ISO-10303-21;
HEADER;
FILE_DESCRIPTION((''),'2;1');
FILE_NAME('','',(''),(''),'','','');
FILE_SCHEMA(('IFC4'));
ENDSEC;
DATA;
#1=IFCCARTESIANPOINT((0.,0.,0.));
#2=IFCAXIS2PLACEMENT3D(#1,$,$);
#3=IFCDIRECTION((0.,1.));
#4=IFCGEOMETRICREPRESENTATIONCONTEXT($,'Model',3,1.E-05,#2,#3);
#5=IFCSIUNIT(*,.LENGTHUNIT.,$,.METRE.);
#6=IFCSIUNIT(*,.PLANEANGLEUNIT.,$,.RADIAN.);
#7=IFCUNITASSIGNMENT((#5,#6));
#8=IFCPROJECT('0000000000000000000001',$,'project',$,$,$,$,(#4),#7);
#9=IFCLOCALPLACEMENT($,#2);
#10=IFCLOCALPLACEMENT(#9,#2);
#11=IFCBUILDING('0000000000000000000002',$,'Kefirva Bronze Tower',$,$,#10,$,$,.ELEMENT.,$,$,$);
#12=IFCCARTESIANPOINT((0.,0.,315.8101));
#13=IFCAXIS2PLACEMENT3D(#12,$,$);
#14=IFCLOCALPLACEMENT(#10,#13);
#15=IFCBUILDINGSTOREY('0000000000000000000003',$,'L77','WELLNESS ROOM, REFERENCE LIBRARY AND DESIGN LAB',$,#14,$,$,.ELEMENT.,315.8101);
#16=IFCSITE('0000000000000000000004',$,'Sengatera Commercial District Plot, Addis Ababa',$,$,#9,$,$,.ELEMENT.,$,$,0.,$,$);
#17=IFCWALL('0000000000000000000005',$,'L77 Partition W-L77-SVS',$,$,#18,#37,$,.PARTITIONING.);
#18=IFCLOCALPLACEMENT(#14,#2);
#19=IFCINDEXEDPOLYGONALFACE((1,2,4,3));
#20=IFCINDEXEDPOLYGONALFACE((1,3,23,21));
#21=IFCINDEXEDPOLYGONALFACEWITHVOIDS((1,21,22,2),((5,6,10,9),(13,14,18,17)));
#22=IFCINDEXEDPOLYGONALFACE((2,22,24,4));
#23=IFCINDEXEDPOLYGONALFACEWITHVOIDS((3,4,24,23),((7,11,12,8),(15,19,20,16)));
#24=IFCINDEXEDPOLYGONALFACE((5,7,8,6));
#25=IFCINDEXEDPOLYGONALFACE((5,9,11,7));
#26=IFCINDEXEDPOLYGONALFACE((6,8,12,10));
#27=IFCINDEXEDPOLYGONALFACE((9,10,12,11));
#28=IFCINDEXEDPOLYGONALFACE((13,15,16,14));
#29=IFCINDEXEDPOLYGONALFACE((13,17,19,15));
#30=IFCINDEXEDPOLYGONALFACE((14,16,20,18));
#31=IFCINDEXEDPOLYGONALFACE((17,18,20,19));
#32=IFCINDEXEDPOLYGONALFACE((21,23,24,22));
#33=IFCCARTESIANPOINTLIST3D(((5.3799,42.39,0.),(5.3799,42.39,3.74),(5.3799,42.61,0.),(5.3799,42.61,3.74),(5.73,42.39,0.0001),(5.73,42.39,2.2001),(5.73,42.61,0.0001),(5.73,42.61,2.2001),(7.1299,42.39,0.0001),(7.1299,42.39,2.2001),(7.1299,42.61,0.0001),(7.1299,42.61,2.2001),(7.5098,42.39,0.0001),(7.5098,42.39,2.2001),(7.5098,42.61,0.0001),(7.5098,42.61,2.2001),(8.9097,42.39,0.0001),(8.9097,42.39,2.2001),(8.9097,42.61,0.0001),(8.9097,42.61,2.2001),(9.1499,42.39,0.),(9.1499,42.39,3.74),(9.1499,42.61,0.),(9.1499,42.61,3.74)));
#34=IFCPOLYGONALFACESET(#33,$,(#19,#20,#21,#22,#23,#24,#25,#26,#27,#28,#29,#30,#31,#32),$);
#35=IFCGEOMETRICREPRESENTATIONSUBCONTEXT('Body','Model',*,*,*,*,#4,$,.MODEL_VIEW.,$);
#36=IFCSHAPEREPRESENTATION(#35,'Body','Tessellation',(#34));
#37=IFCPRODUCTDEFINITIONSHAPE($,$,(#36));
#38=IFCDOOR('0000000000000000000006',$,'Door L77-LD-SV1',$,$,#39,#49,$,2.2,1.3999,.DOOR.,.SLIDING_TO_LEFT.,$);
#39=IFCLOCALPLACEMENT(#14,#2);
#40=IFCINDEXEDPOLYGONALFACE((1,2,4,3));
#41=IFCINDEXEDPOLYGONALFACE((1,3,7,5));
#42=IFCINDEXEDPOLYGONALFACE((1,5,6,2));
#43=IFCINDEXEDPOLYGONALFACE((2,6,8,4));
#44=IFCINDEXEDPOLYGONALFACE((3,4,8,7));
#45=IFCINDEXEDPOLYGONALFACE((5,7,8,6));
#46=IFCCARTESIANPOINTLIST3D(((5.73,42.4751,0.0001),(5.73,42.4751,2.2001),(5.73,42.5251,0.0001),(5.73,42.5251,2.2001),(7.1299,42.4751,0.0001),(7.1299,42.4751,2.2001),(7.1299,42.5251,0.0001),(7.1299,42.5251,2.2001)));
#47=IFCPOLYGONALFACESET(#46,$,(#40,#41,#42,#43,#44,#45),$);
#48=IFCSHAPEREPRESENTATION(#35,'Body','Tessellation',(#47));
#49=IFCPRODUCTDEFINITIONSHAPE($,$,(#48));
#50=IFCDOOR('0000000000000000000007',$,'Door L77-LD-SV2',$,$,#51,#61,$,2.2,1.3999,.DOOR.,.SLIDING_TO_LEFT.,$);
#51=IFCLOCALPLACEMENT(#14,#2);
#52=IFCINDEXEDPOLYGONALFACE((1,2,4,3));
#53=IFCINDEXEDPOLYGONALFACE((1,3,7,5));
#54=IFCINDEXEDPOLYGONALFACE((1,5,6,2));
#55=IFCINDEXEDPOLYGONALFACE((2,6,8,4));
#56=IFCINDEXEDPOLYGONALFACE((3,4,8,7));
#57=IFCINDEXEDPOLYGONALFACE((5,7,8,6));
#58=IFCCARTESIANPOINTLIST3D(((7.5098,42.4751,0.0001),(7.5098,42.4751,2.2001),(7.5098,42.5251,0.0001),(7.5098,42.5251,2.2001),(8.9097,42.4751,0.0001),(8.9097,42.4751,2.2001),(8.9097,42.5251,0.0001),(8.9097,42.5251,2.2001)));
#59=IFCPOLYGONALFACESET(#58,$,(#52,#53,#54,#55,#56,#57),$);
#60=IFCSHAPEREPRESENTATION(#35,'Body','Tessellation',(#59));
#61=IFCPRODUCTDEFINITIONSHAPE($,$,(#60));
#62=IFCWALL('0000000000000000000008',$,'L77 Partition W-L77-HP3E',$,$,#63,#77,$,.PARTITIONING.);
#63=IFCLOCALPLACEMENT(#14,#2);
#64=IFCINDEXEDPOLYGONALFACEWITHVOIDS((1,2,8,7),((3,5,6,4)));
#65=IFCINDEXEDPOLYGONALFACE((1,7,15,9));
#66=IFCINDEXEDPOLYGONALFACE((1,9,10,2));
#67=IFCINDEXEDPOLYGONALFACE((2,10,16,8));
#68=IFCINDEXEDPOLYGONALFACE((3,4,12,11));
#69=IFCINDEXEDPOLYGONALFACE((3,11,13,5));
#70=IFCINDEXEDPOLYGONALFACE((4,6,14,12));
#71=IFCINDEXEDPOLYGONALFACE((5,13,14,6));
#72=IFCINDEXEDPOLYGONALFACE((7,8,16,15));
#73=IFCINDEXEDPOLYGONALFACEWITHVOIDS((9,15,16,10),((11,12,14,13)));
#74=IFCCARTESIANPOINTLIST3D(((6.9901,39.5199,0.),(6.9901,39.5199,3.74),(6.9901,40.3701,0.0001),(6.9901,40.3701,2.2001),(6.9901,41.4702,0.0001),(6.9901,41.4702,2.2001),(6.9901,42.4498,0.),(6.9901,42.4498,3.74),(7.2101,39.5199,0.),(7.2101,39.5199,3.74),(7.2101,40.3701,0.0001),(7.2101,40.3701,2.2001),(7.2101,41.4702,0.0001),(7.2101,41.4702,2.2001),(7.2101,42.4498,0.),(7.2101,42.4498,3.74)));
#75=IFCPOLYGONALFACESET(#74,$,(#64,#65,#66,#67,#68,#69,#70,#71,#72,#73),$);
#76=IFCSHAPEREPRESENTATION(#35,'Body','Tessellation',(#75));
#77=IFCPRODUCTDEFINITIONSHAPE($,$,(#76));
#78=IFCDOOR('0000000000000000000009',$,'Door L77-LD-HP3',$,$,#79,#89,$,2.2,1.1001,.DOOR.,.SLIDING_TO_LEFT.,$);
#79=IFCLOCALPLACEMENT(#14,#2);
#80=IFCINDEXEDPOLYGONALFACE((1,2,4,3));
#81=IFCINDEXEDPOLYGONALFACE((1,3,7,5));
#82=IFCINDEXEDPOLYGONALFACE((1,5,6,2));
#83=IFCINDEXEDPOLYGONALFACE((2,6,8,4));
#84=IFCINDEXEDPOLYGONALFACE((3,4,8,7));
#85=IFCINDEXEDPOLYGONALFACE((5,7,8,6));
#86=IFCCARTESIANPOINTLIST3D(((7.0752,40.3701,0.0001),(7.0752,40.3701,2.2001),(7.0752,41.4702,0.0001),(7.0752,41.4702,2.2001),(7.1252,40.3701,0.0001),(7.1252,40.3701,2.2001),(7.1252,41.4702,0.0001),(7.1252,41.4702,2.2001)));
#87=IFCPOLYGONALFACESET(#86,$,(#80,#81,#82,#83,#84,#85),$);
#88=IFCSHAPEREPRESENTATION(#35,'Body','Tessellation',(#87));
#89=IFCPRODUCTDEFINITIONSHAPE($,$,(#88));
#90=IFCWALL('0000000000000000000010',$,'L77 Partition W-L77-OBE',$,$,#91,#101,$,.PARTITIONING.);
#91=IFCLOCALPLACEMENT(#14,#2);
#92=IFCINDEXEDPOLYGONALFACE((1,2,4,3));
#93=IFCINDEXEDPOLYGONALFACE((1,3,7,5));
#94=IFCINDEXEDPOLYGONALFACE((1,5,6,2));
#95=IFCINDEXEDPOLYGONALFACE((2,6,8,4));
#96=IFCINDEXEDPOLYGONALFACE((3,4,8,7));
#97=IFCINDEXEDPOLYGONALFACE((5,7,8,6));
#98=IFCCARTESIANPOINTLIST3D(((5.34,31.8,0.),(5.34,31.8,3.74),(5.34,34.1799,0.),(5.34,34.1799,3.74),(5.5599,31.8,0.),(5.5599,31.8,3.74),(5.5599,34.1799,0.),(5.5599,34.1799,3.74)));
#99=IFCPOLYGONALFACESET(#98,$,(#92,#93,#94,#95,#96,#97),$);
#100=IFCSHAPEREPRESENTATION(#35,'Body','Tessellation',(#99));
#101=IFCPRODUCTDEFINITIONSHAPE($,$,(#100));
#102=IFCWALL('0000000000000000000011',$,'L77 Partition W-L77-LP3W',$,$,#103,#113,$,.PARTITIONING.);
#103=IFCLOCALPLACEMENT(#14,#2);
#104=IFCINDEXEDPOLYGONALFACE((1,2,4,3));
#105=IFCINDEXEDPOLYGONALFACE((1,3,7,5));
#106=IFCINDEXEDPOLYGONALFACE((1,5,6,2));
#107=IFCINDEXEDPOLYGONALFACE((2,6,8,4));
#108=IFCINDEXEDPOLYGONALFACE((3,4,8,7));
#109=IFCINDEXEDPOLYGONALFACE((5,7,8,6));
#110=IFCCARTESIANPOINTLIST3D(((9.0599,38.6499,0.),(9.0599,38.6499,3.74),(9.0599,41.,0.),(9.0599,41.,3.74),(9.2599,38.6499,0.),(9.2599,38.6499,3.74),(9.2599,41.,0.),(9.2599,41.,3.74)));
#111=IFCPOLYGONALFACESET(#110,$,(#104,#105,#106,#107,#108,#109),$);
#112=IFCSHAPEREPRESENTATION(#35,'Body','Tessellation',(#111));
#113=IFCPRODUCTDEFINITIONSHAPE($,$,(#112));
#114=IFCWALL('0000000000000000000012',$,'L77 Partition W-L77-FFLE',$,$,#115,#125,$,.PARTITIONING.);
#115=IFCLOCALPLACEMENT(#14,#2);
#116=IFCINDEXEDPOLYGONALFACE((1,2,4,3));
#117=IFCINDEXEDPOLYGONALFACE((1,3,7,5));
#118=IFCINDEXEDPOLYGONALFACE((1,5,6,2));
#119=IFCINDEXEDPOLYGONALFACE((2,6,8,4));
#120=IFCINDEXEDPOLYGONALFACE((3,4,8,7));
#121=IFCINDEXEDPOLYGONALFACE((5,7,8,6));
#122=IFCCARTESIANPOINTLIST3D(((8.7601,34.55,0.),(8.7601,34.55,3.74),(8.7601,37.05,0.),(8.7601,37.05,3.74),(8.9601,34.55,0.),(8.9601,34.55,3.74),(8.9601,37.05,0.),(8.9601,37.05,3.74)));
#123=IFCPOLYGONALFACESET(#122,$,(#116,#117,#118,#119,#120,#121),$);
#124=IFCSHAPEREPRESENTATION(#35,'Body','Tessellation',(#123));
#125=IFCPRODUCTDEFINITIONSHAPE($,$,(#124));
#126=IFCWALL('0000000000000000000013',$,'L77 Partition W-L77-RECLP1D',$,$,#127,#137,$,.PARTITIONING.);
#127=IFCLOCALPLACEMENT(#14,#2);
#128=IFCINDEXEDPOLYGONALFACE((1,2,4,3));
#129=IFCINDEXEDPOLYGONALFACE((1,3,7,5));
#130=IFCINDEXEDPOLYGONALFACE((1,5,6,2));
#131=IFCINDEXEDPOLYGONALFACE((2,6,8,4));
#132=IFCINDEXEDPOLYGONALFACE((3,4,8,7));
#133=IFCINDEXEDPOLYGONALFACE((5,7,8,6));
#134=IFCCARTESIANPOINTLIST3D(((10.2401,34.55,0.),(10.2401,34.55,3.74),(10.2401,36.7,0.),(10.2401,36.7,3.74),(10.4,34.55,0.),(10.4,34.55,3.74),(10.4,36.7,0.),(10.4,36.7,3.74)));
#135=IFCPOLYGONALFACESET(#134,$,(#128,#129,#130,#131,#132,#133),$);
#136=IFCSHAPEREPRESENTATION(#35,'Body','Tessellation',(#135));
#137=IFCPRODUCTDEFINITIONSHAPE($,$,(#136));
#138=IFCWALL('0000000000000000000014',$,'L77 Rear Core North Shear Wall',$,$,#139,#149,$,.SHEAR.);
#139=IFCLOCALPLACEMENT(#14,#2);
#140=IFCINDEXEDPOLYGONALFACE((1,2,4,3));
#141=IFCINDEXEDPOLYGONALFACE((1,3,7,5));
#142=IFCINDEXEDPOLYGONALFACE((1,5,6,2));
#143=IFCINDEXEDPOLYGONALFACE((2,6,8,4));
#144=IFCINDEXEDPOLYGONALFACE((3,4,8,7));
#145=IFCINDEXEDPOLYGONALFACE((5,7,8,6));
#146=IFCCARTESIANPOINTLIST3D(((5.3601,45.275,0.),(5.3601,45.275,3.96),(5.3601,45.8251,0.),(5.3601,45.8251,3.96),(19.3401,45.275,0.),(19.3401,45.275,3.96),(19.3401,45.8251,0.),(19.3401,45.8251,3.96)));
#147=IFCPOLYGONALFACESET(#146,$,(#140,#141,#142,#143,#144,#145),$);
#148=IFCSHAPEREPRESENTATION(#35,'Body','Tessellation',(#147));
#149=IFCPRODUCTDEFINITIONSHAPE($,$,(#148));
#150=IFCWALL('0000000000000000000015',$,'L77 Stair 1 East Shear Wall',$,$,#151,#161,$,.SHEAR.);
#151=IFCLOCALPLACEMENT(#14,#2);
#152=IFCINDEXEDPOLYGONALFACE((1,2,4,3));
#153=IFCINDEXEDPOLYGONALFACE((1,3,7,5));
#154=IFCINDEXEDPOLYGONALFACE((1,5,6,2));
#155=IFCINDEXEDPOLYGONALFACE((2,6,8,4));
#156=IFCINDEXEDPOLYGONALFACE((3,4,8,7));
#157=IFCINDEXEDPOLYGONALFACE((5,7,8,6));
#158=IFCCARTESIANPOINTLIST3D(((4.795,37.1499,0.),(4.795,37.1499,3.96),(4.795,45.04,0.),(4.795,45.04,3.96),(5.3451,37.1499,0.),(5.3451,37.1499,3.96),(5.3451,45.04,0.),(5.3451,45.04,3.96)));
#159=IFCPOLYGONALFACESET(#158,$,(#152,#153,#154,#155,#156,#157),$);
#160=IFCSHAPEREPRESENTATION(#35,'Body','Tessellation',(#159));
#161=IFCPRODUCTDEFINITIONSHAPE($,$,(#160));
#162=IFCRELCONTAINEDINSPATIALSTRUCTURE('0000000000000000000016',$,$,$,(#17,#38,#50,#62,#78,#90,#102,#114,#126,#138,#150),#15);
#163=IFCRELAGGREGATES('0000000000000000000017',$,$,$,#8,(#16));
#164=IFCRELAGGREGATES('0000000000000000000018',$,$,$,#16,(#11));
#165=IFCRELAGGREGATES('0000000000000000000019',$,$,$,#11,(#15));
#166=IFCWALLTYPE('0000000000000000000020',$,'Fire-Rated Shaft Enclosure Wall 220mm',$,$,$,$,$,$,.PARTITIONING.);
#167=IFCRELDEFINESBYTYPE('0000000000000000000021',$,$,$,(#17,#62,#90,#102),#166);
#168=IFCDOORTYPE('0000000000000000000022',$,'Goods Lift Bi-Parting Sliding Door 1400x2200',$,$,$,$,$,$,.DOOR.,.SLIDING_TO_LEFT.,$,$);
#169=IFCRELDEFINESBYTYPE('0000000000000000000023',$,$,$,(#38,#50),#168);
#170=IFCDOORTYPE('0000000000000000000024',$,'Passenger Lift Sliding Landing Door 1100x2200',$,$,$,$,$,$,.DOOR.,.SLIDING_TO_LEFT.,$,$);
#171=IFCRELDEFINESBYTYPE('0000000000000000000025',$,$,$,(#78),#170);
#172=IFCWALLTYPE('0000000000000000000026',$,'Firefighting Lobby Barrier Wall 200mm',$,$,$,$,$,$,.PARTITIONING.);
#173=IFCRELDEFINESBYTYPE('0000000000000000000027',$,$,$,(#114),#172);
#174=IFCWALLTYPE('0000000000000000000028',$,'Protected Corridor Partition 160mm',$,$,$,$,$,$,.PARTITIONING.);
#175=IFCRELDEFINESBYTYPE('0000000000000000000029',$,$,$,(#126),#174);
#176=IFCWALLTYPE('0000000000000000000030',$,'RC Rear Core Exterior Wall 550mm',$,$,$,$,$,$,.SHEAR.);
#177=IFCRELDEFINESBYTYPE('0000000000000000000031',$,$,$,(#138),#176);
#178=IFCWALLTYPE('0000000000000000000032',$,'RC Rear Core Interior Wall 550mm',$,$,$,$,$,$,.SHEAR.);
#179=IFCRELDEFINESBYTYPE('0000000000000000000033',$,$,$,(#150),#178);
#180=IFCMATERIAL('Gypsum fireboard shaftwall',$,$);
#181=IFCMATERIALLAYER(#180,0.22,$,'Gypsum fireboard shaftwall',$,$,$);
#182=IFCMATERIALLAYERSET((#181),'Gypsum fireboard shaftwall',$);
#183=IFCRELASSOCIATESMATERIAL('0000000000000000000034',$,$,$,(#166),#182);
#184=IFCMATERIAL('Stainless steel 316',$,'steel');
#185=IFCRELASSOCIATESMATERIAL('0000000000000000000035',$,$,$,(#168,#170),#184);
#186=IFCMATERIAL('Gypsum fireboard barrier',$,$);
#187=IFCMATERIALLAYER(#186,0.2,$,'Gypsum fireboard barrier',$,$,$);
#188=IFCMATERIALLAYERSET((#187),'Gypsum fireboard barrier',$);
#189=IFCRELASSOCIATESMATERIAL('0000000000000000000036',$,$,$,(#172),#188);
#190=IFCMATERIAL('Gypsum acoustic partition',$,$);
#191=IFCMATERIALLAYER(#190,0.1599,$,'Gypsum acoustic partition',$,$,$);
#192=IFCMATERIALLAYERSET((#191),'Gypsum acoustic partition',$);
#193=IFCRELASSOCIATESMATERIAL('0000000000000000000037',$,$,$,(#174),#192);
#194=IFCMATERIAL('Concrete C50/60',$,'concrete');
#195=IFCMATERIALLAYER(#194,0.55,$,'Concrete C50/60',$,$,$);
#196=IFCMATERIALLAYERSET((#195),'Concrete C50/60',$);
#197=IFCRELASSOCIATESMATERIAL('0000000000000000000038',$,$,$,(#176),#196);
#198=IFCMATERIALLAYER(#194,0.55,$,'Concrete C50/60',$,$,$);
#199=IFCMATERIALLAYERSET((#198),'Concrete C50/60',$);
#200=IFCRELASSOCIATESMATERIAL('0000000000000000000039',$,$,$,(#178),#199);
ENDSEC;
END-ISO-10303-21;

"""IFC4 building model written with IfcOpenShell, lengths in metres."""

from ifc_helpers import new_model, si_unit, direction, frame, frame_2d, origin, place, context, subcontext, project, spatial, rectangle, extrude, material, layer, layer_set, type_object, element, fill, save


model = new_model("IFC4")

# Units and contexts
model_context = context("Model", 3, precision=1e-05, world=origin(), true_north=direction((0.0, 1.0)))
body_context = subcontext(model_context, "Body", "Model", "MODEL_VIEW")
ifc_project = project(units=[si_unit("LENGTHUNIT", "METRE"), si_unit("PLANEANGLEUNIT", "RADIAN")], contexts=[model_context])

# Site, building, storey
site_placement = place(None, origin())
site = spatial("IfcSite", under=ifc_project, at=site_placement, Name="Sengatera Commercial District Plot, Addis Ababa", CompositionType="ELEMENT", RefElevation=0.0)
building_placement = place(site_placement, origin())
building = spatial("IfcBuilding", under=site, at=building_placement, Name="Kefirva Bronze Tower", CompositionType="ELEMENT")
storey_placement = place(building_placement, frame((0.0, 0.0, 315.8101)))
storey = spatial("IfcBuildingStorey", under=building, at=storey_placement, Name="L77", Description="WELLNESS ROOM, REFERENCE LIBRARY AND DESIGN LAB", CompositionType="ELEMENT", Elevation=315.8101)

# Shared definitions
ifc_material_1 = material(Name="Concrete C50/60", Category="concrete")

# Shared definitions
ifc_material_2 = material(Name="Gypsum fireboard shaftwall")
ifc_layer_1 = layer(ifc_material_2, 0.22, Name="Gypsum fireboard shaftwall")
ifc_layer_set_1 = layer_set([ifc_layer_1], Name="Gypsum fireboard shaftwall")
wall_type_1 = type_object("IfcWallType", Name="Fire-Rated Shaft Enclosure Wall 220mm", PredefinedType="PARTITIONING", material=ifc_layer_set_1)
ifc_material_3 = material(Name="Stainless steel 316", Category="steel")

# Wall, openings, doors
wall_1_placement = place(storey_placement, frame((5.3799, 42.5, 0.0), z_axis=(0.0, 0.0, 1.0), x_axis=(1.0, 0.0, 0.0)))
wall_1 = element("IfcWall", 1, at=wall_1_placement, inside=storey, type_object=wall_type_1, Name="L77 Partition W-L77-SVS", PredefinedType="PARTITIONING", context=body_context, shape_type="SweptSolid", body=[
    extrude(rectangle(XDim=3.77, YDim=0.22, at=frame_2d((1.885, 0.0))), origin(), (0.0, 0.0, 1.0), 3.74),
])
opening_1_placement = place(wall_1_placement, frame((1.75, 0.0, 0.0), z_axis=(0.0, 0.0, 1.0), x_axis=(-1.0, 0.0, 0.0)))
opening_1 = element("IfcOpeningElement", 2, at=opening_1_placement, cuts=wall_1, PredefinedType="OPENING", context=body_context, shape_type="SweptSolid", body=[
    extrude(rectangle(XDim=1.3999, YDim=2.2, at=frame_2d((0.7, 1.1001))), frame((0.0, 0.1201, 0.0), z_axis=(0.0, -1.0, 0.0), x_axis=(1.0, 0.0, 0.0)), (0.0, 0.0, 1.0), 0.24),
])
opening_2_placement = place(wall_1_placement, frame((3.5298, 0.0, 0.0), z_axis=(0.0, 0.0, 1.0), x_axis=(-1.0, 0.0, 0.0)))
opening_2 = element("IfcOpeningElement", 3, at=opening_2_placement, cuts=wall_1, PredefinedType="OPENING", context=body_context, shape_type="SweptSolid", body=[
    extrude(rectangle(XDim=1.3999, YDim=2.2, at=frame_2d((0.7, 1.1001))), frame((0.0, 0.1201, 0.0), z_axis=(0.0, -1.0, 0.0), x_axis=(1.0, 0.0, 0.0)), (0.0, 0.0, 1.0), 0.24),
])
door_type_1 = type_object("IfcDoorType", Name="Goods Lift Bi-Parting Sliding Door 1400x2200", OperationType="SLIDING_TO_LEFT", PredefinedType="DOOR", material=ifc_material_3)
door_1_placement = place(opening_1_placement, origin())
door_1 = element("IfcDoor", 4, at=door_1_placement, inside=storey, type_object=door_type_1, Name="Door L77-LD-SV1", OperationType="SLIDING_TO_LEFT", OverallHeight=2.2, OverallWidth=1.3999, PredefinedType="DOOR", context=body_context, shape_type="SweptSolid", body=[
    extrude(rectangle(XDim=1.3999, YDim=2.2, at=frame_2d((0.7, 1.1001))), frame((0.0, 0.0249, 0.0), z_axis=(0.0, -1.0, 0.0), x_axis=(1.0, 0.0, 0.0)), (0.0, 0.0, 1.0), 0.05),
])
fill(opening_1, door_1)
door_2_placement = place(opening_2_placement, origin())
door_2 = element("IfcDoor", 5, at=door_2_placement, inside=storey, type_object=door_type_1, Name="Door L77-LD-SV2", OperationType="SLIDING_TO_LEFT", OverallHeight=2.2, OverallWidth=1.3999, PredefinedType="DOOR", context=body_context, shape_type="SweptSolid", body=[
    extrude(rectangle(XDim=1.3999, YDim=2.2, at=frame_2d((0.7, 1.1001))), frame((0.0, 0.0249, 0.0), z_axis=(0.0, -1.0, 0.0), x_axis=(1.0, 0.0, 0.0)), (0.0, 0.0, 1.0), 0.05),
])
fill(opening_2, door_2)

# Wall, opening, door
wall_2_placement = place(storey_placement, frame((7.1001, 39.52, 0.0), z_axis=(0.0, 0.0, 1.0), x_axis=(0.0, 1.0, 0.0)))
wall_2 = element("IfcWall", 6, at=wall_2_placement, inside=storey, type_object=wall_type_1, Name="L77 Partition W-L77-HP3E", PredefinedType="PARTITIONING", context=body_context, shape_type="SweptSolid", body=[
    extrude(rectangle(XDim=2.9299, YDim=0.22, at=frame_2d((1.4648, 0.0))), origin(), (0.0, 0.0, 1.0), 3.74),
])
opening_3_placement = place(wall_2_placement, frame((0.8501, 0.0, 0.0)))
opening_3 = element("IfcOpeningElement", 7, at=opening_3_placement, cuts=wall_2, PredefinedType="OPENING", context=body_context, shape_type="SweptSolid", body=[
    extrude(rectangle(XDim=1.1001, YDim=2.2, at=frame_2d((0.55, 1.1001))), frame((0.0, 0.1201, 0.0), z_axis=(0.0, -1.0, 0.0), x_axis=(1.0, 0.0, 0.0)), (0.0, 0.0, 1.0), 0.24),
])
door_type_2 = type_object("IfcDoorType", Name="Passenger Lift Sliding Landing Door 1100x2200", OperationType="SLIDING_TO_LEFT", PredefinedType="DOOR", material=ifc_material_3)
door_3_placement = place(opening_3_placement, origin())
door_3 = element("IfcDoor", 8, at=door_3_placement, inside=storey, type_object=door_type_2, Name="Door L77-LD-HP3", OperationType="SLIDING_TO_LEFT", OverallHeight=2.2, OverallWidth=1.1001, PredefinedType="DOOR", context=body_context, shape_type="SweptSolid", body=[
    extrude(rectangle(XDim=1.1001, YDim=2.2, at=frame_2d((0.55, 1.1001))), frame((0.0, 0.0249, 0.0), z_axis=(0.0, -1.0, 0.0), x_axis=(1.0, 0.0, 0.0)), (0.0, 0.0, 1.0), 0.05),
])
fill(opening_3, door_3)

# Walls
wall_3_placement = place(storey_placement, frame((5.45, 31.8, 0.0), z_axis=(0.0, 0.0, 1.0), x_axis=(0.0, 1.0, 0.0)))
element("IfcWall", 9, at=wall_3_placement, inside=storey, type_object=wall_type_1, Name="L77 Partition W-L77-OBE", PredefinedType="PARTITIONING", context=body_context, shape_type="SweptSolid", body=[
    extrude(rectangle(XDim=2.3799, YDim=0.22, at=frame_2d((1.1899, 0.0))), origin(), (0.0, 0.0, 1.0), 3.74),
])
wall_4_placement = place(storey_placement, frame((9.1599, 38.6499, 0.0), z_axis=(0.0, 0.0, 1.0), x_axis=(0.0, 1.0, 0.0)))
element("IfcWall", 10, at=wall_4_placement, inside=storey, type_object=wall_type_1, Name="L77 Partition W-L77-LP3W", PredefinedType="PARTITIONING", context=body_context, shape_type="SweptSolid", body=[
    extrude(rectangle(XDim=2.3501, YDim=0.2, at=frame_2d((1.175, 0.0))), origin(), (0.0, 0.0, 1.0), 3.74),
])
ifc_material_4 = material(Name="Gypsum fireboard barrier")
ifc_layer_2 = layer(ifc_material_4, 0.2, Name="Gypsum fireboard barrier")
ifc_layer_set_2 = layer_set([ifc_layer_2], Name="Gypsum fireboard barrier")
wall_type_2 = type_object("IfcWallType", Name="Firefighting Lobby Barrier Wall 200mm", PredefinedType="PARTITIONING", material=ifc_layer_set_2)
wall_5_placement = place(storey_placement, frame((8.8601, 34.55, 0.0), z_axis=(0.0, 0.0, 1.0), x_axis=(0.0, 1.0, 0.0)))
element("IfcWall", 11, at=wall_5_placement, inside=storey, type_object=wall_type_2, Name="L77 Partition W-L77-FFLE", PredefinedType="PARTITIONING", context=body_context, shape_type="SweptSolid", body=[
    extrude(rectangle(XDim=2.5, YDim=0.2, at=frame_2d((1.25, 0.0))), origin(), (0.0, 0.0, 1.0), 3.74),
])

# Shared definitions
ifc_material_5 = material(Name="Gypsum acoustic partition")
ifc_layer_3 = layer(ifc_material_5, 0.1599, Name="Gypsum acoustic partition")
ifc_layer_set_3 = layer_set([ifc_layer_3], Name="Gypsum acoustic partition")
wall_type_3 = type_object("IfcWallType", Name="Protected Corridor Partition 160mm", PredefinedType="PARTITIONING", material=ifc_layer_set_3)

# Wall
wall_6_placement = place(storey_placement, frame((10.3201, 34.55, 0.0), z_axis=(0.0, 0.0, 1.0), x_axis=(0.0, 1.0, 0.0)))
element("IfcWall", 12, at=wall_6_placement, inside=storey, type_object=wall_type_3, Name="L77 Partition W-L77-RECLP1D", PredefinedType="PARTITIONING", context=body_context, shape_type="SweptSolid", body=[
    extrude(rectangle(XDim=2.1499, YDim=0.1599, at=frame_2d((1.075, 0.0))), origin(), (0.0, 0.0, 1.0), 3.74),
])

# Walls
ifc_layer_4 = layer(ifc_material_1, 0.55, Name="Concrete C50/60")
ifc_layer_set_4 = layer_set([ifc_layer_4], Name="Concrete C50/60")
wall_type_4 = type_object("IfcWallType", Name="RC Rear Core Exterior Wall 550mm", PredefinedType="SHEAR", material=ifc_layer_set_4)
wall_7_placement = place(storey_placement, frame((5.3601, 45.55, 0.0), z_axis=(0.0, 0.0, 1.0), x_axis=(1.0, 0.0, 0.0)))
element("IfcWall", 13, at=wall_7_placement, inside=storey, type_object=wall_type_4, Name="L77 Rear Core North Shear Wall", PredefinedType="SHEAR", context=body_context, shape_type="SweptSolid", body=[
    extrude(rectangle(XDim=13.98, YDim=0.55, at=frame_2d((6.99, 0.0))), origin(), (0.0, 0.0, 1.0), 3.96),
])
ifc_layer_5 = layer(ifc_material_1, 0.55, Name="Concrete C50/60")
ifc_layer_set_5 = layer_set([ifc_layer_5], Name="Concrete C50/60")
wall_type_5 = type_object("IfcWallType", Name="RC Rear Core Interior Wall 550mm", PredefinedType="SHEAR", material=ifc_layer_set_5)
wall_8_placement = place(storey_placement, frame((5.0701, 37.1499, 0.0), z_axis=(0.0, 0.0, 1.0), x_axis=(0.0, 1.0, 0.0)))
element("IfcWall", 14, at=wall_8_placement, inside=storey, type_object=wall_type_5, Name="L77 Stair 1 East Shear Wall", PredefinedType="SHEAR", context=body_context, shape_type="SweptSolid", body=[
    extrude(rectangle(XDim=7.8901, YDim=0.55, at=frame_2d((3.9451, 0.0))), origin(), (0.0, 0.0, 1.0), 3.96),
])

save(model, "model.ifc")
